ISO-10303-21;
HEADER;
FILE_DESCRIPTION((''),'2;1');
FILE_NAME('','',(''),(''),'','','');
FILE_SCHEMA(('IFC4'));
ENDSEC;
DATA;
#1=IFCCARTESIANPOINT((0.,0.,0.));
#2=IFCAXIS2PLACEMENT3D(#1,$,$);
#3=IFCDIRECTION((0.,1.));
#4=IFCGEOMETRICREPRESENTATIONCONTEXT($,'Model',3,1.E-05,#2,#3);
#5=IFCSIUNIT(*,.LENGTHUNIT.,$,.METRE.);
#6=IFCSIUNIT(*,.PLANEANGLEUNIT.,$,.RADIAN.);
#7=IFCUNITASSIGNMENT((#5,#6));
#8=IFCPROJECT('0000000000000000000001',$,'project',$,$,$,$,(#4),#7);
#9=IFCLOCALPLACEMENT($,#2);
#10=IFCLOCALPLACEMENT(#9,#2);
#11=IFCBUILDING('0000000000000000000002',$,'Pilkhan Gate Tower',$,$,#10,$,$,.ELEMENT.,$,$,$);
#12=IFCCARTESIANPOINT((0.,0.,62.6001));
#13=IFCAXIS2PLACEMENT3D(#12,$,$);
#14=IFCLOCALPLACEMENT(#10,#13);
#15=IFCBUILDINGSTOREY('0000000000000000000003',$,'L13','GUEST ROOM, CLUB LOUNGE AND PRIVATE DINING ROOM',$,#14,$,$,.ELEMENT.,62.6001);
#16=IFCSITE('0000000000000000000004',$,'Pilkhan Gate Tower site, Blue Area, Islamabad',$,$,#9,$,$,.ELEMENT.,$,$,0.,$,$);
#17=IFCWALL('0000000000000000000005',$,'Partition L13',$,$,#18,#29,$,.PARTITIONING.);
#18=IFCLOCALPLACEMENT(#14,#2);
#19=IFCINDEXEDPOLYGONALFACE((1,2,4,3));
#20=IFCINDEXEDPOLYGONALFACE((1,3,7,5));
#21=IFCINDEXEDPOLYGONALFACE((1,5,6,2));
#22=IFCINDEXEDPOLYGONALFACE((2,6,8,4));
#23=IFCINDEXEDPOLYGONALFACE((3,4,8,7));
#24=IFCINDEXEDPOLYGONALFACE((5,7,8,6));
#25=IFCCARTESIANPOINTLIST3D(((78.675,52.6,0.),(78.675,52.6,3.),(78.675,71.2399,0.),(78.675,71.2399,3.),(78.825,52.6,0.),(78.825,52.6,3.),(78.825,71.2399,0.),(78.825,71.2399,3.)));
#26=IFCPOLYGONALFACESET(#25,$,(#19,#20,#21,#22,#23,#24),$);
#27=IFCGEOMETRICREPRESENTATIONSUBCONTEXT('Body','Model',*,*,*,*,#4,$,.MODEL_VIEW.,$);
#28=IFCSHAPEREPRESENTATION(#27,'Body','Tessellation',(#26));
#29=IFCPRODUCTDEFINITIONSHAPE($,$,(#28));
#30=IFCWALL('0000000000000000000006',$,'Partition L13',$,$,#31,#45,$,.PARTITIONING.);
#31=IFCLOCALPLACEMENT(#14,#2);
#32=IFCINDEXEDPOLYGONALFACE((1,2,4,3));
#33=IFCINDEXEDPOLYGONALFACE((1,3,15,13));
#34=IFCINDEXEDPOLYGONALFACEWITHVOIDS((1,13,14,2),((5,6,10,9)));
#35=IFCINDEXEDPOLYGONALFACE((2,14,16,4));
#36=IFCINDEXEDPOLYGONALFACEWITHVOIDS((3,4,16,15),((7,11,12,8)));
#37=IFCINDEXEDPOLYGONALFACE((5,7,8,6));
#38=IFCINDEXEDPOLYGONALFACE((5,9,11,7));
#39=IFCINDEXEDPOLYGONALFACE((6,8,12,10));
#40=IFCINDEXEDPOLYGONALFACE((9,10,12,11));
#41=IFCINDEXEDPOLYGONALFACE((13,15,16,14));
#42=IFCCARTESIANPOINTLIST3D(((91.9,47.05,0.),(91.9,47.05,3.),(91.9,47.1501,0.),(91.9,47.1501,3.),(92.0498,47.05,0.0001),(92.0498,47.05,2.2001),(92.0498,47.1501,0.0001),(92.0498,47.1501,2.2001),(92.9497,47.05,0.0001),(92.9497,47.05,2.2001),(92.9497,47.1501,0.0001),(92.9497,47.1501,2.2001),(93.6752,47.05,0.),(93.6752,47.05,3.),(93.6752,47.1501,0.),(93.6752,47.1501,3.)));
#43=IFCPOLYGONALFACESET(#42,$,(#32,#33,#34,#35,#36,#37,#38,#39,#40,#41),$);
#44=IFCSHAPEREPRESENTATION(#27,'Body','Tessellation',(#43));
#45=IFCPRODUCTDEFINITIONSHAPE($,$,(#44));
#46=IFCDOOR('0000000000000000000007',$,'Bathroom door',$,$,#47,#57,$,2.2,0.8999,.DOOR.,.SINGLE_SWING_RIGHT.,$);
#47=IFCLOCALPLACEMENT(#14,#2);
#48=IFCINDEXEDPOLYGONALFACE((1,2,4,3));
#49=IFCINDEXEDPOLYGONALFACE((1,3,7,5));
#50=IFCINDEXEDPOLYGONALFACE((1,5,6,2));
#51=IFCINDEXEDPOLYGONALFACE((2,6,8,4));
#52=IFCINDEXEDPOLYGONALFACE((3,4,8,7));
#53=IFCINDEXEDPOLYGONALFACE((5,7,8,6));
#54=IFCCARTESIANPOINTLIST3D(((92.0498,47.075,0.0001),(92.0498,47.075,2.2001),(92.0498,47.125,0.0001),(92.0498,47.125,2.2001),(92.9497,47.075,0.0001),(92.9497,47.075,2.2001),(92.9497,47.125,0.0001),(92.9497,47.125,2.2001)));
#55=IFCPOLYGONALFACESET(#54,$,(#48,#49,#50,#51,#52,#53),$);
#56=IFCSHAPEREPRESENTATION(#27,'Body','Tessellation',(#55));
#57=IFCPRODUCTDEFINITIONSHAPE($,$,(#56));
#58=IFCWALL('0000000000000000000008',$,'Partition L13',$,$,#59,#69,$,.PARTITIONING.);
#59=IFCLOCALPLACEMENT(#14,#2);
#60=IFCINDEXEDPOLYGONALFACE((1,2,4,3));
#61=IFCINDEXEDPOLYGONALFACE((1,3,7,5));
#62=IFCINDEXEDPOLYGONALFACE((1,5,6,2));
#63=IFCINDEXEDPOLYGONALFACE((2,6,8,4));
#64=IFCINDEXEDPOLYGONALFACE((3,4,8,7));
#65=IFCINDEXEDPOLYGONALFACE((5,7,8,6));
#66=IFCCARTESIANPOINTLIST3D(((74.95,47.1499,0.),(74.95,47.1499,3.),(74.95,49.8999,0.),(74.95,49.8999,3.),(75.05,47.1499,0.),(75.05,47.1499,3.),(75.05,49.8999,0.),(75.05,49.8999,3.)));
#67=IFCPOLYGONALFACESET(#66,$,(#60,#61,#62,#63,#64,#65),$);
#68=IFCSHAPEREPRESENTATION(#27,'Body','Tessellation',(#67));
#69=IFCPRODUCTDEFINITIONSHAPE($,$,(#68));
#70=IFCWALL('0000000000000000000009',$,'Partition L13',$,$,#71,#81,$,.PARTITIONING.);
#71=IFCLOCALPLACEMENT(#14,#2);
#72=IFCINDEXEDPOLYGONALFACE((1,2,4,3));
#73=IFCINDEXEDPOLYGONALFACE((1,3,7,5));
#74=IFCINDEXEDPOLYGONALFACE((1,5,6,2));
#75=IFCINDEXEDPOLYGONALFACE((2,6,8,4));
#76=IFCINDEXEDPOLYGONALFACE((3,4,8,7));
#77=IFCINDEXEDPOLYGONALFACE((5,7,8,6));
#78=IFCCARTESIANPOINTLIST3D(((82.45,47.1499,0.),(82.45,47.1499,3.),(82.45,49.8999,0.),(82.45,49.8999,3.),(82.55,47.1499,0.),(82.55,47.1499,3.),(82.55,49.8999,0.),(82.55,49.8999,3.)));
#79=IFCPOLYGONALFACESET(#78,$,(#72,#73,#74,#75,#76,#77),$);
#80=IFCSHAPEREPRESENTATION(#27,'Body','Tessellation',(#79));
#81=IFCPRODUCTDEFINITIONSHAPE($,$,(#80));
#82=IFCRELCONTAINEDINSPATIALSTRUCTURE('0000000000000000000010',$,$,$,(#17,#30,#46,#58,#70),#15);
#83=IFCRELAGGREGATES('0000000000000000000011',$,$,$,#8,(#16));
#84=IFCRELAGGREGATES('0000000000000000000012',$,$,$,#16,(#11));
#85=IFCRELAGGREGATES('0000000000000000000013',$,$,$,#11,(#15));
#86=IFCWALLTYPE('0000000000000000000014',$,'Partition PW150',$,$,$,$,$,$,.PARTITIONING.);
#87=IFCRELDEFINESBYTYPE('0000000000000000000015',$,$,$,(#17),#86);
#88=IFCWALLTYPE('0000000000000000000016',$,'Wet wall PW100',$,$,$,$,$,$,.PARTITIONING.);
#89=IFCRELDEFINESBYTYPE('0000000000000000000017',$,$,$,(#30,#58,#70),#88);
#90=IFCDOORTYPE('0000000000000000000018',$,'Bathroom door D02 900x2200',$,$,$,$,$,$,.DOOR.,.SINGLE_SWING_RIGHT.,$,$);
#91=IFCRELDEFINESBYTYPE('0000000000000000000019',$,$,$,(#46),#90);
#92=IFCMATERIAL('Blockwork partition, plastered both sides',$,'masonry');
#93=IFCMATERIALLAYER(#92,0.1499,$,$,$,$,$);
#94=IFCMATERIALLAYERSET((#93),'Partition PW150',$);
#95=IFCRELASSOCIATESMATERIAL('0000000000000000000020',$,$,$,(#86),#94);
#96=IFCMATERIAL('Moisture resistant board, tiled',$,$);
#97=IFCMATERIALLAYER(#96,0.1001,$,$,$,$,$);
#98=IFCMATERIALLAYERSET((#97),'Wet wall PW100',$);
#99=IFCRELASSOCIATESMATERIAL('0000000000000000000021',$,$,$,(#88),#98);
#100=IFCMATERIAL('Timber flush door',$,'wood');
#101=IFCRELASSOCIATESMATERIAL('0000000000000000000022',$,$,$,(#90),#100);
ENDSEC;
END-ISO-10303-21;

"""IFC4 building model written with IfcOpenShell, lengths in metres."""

from ifc_helpers import new_model, si_unit, direction, frame, frame_2d, origin, place, context, subcontext, project, spatial, rectangle, extrude, material, layer, layer_set, type_object, element, fill, save


model = new_model("IFC4")

# Units and contexts
model_context = context("Model", 3, precision=1e-05, world=origin(), true_north=direction((0.0, 1.0)))
body_context = subcontext(model_context, "Body", "Model", "MODEL_VIEW")
ifc_project = project(units=[si_unit("LENGTHUNIT", "METRE"), si_unit("PLANEANGLEUNIT", "RADIAN")], contexts=[model_context])

# Site, building, storey
site_placement = place(None, origin())
site = spatial("IfcSite", under=ifc_project, at=site_placement, Name="Pilkhan Gate Tower site, Blue Area, Islamabad", CompositionType="ELEMENT", RefElevation=0.0)
building_placement = place(site_placement, origin())
building = spatial("IfcBuilding", under=site, at=building_placement, Name="Pilkhan Gate Tower", CompositionType="ELEMENT")
storey_placement = place(building_placement, frame((0.0, 0.0, 62.6001)))
storey = spatial("IfcBuildingStorey", under=building, at=storey_placement, Name="L13", Description="GUEST ROOM, CLUB LOUNGE AND PRIVATE DINING ROOM", CompositionType="ELEMENT", Elevation=62.6001)

# Wall
ifc_material_1 = material(Name="Blockwork partition, plastered both sides", Category="masonry")
ifc_layer_1 = layer(ifc_material_1, 0.1499)
ifc_layer_set_1 = layer_set([ifc_layer_1], Name="Partition PW150")
wall_type_1 = type_object("IfcWallType", Name="Partition PW150", PredefinedType="PARTITIONING", material=ifc_layer_set_1)
wall_1_placement = place(storey_placement, frame((78.75, 52.6001, 0.0), z_axis=(0.0, 0.0, 1.0), x_axis=(0.0, 1.0, 0.0)))
element("IfcWall", 1, at=wall_1_placement, inside=storey, type_object=wall_type_1, Name="Partition L13", PredefinedType="PARTITIONING", context=body_context, shape_type="SweptSolid", body=[
    extrude(rectangle(XDim=18.6399, YDim=0.1499, at=frame_2d((9.3198, 0.0))), origin(), (0.0, 0.0, 1.0), 3.0),
])

# Wall, opening, door
ifc_material_2 = material(Name="Moisture resistant board, tiled")
ifc_layer_2 = layer(ifc_material_2, 0.1001)
ifc_layer_set_2 = layer_set([ifc_layer_2], Name="Wet wall PW100")
wall_type_2 = type_object("IfcWallType", Name="Wet wall PW100", PredefinedType="PARTITIONING", material=ifc_layer_set_2)
wall_2_placement = place(storey_placement, frame((91.8999, 47.1001, 0.0), z_axis=(0.0, 0.0, 1.0), x_axis=(1.0, 0.0, 0.0)))
wall_2 = element("IfcWall", 2, at=wall_2_placement, inside=storey, type_object=wall_type_2, Name="Partition L13", PredefinedType="PARTITIONING", context=body_context, shape_type="SweptSolid", body=[
    extrude(rectangle(XDim=1.7751, YDim=0.1001, at=frame_2d((0.8877, 0.0))), origin(), (0.0, 0.0, 1.0), 3.0),
])
opening_1_placement = place(wall_2_placement, frame((0.1499, 0.0, 0.0)))
opening_1 = element("IfcOpeningElement", 3, at=opening_1_placement, cuts=wall_2, PredefinedType="OPENING", context=body_context, shape_type="SweptSolid", body=[
    extrude(rectangle(XDim=0.8999, YDim=2.2, at=frame_2d((0.45, 1.1001))), frame((0.0, 0.0601, 0.0), z_axis=(0.0, -1.0, 0.0), x_axis=(1.0, 0.0, 0.0)), (0.0, 0.0, 1.0), 0.1201),
])
ifc_material_3 = material(Name="Timber flush door", Category="wood")
door_type_1 = type_object("IfcDoorType", Name="Bathroom door D02 900x2200", OperationType="SINGLE_SWING_RIGHT", PredefinedType="DOOR", material=ifc_material_3)
door_1_placement = place(opening_1_placement, origin())
door_1 = element("IfcDoor", 4, at=door_1_placement, inside=storey, type_object=door_type_1, Name="Bathroom door", OperationType="SINGLE_SWING_RIGHT", OverallHeight=2.2, OverallWidth=0.8999, PredefinedType="DOOR", context=body_context, shape_type="SweptSolid", body=[
    extrude(rectangle(XDim=0.8999, YDim=2.2, at=frame_2d((0.45, 1.1001))), frame((0.0, 0.0249, 0.0), z_axis=(0.0, -1.0, 0.0), x_axis=(1.0, 0.0, 0.0)), (0.0, 0.0, 1.0), 0.05),
])
fill(opening_1, door_1)

# Walls
for number, where, z_axis, x_axis, name in (
    (5, (75.0, 47.1499, 0.0), (0.0, 0.0, 1.0), (0.0, 1.0, 0.0), "Partition L13"),
    (6, (82.5, 47.1499, 0.0), (0.0, 0.0, 1.0), (0.0, 1.0, 0.0), "Partition L13"),
):
    element("IfcWall", number, at=place(storey_placement, frame(where, z_axis=z_axis, x_axis=x_axis)), inside=storey, type_object=wall_type_2, Name=name, PredefinedType="PARTITIONING", context=body_context, shape_type="SweptSolid", body=[
        extrude(rectangle(XDim=2.75, YDim=0.1001, at=frame_2d((1.375, 0.0))), origin(), (0.0, 0.0, 1.0), 3.0),
    ])

save(model, "model.ifc")
